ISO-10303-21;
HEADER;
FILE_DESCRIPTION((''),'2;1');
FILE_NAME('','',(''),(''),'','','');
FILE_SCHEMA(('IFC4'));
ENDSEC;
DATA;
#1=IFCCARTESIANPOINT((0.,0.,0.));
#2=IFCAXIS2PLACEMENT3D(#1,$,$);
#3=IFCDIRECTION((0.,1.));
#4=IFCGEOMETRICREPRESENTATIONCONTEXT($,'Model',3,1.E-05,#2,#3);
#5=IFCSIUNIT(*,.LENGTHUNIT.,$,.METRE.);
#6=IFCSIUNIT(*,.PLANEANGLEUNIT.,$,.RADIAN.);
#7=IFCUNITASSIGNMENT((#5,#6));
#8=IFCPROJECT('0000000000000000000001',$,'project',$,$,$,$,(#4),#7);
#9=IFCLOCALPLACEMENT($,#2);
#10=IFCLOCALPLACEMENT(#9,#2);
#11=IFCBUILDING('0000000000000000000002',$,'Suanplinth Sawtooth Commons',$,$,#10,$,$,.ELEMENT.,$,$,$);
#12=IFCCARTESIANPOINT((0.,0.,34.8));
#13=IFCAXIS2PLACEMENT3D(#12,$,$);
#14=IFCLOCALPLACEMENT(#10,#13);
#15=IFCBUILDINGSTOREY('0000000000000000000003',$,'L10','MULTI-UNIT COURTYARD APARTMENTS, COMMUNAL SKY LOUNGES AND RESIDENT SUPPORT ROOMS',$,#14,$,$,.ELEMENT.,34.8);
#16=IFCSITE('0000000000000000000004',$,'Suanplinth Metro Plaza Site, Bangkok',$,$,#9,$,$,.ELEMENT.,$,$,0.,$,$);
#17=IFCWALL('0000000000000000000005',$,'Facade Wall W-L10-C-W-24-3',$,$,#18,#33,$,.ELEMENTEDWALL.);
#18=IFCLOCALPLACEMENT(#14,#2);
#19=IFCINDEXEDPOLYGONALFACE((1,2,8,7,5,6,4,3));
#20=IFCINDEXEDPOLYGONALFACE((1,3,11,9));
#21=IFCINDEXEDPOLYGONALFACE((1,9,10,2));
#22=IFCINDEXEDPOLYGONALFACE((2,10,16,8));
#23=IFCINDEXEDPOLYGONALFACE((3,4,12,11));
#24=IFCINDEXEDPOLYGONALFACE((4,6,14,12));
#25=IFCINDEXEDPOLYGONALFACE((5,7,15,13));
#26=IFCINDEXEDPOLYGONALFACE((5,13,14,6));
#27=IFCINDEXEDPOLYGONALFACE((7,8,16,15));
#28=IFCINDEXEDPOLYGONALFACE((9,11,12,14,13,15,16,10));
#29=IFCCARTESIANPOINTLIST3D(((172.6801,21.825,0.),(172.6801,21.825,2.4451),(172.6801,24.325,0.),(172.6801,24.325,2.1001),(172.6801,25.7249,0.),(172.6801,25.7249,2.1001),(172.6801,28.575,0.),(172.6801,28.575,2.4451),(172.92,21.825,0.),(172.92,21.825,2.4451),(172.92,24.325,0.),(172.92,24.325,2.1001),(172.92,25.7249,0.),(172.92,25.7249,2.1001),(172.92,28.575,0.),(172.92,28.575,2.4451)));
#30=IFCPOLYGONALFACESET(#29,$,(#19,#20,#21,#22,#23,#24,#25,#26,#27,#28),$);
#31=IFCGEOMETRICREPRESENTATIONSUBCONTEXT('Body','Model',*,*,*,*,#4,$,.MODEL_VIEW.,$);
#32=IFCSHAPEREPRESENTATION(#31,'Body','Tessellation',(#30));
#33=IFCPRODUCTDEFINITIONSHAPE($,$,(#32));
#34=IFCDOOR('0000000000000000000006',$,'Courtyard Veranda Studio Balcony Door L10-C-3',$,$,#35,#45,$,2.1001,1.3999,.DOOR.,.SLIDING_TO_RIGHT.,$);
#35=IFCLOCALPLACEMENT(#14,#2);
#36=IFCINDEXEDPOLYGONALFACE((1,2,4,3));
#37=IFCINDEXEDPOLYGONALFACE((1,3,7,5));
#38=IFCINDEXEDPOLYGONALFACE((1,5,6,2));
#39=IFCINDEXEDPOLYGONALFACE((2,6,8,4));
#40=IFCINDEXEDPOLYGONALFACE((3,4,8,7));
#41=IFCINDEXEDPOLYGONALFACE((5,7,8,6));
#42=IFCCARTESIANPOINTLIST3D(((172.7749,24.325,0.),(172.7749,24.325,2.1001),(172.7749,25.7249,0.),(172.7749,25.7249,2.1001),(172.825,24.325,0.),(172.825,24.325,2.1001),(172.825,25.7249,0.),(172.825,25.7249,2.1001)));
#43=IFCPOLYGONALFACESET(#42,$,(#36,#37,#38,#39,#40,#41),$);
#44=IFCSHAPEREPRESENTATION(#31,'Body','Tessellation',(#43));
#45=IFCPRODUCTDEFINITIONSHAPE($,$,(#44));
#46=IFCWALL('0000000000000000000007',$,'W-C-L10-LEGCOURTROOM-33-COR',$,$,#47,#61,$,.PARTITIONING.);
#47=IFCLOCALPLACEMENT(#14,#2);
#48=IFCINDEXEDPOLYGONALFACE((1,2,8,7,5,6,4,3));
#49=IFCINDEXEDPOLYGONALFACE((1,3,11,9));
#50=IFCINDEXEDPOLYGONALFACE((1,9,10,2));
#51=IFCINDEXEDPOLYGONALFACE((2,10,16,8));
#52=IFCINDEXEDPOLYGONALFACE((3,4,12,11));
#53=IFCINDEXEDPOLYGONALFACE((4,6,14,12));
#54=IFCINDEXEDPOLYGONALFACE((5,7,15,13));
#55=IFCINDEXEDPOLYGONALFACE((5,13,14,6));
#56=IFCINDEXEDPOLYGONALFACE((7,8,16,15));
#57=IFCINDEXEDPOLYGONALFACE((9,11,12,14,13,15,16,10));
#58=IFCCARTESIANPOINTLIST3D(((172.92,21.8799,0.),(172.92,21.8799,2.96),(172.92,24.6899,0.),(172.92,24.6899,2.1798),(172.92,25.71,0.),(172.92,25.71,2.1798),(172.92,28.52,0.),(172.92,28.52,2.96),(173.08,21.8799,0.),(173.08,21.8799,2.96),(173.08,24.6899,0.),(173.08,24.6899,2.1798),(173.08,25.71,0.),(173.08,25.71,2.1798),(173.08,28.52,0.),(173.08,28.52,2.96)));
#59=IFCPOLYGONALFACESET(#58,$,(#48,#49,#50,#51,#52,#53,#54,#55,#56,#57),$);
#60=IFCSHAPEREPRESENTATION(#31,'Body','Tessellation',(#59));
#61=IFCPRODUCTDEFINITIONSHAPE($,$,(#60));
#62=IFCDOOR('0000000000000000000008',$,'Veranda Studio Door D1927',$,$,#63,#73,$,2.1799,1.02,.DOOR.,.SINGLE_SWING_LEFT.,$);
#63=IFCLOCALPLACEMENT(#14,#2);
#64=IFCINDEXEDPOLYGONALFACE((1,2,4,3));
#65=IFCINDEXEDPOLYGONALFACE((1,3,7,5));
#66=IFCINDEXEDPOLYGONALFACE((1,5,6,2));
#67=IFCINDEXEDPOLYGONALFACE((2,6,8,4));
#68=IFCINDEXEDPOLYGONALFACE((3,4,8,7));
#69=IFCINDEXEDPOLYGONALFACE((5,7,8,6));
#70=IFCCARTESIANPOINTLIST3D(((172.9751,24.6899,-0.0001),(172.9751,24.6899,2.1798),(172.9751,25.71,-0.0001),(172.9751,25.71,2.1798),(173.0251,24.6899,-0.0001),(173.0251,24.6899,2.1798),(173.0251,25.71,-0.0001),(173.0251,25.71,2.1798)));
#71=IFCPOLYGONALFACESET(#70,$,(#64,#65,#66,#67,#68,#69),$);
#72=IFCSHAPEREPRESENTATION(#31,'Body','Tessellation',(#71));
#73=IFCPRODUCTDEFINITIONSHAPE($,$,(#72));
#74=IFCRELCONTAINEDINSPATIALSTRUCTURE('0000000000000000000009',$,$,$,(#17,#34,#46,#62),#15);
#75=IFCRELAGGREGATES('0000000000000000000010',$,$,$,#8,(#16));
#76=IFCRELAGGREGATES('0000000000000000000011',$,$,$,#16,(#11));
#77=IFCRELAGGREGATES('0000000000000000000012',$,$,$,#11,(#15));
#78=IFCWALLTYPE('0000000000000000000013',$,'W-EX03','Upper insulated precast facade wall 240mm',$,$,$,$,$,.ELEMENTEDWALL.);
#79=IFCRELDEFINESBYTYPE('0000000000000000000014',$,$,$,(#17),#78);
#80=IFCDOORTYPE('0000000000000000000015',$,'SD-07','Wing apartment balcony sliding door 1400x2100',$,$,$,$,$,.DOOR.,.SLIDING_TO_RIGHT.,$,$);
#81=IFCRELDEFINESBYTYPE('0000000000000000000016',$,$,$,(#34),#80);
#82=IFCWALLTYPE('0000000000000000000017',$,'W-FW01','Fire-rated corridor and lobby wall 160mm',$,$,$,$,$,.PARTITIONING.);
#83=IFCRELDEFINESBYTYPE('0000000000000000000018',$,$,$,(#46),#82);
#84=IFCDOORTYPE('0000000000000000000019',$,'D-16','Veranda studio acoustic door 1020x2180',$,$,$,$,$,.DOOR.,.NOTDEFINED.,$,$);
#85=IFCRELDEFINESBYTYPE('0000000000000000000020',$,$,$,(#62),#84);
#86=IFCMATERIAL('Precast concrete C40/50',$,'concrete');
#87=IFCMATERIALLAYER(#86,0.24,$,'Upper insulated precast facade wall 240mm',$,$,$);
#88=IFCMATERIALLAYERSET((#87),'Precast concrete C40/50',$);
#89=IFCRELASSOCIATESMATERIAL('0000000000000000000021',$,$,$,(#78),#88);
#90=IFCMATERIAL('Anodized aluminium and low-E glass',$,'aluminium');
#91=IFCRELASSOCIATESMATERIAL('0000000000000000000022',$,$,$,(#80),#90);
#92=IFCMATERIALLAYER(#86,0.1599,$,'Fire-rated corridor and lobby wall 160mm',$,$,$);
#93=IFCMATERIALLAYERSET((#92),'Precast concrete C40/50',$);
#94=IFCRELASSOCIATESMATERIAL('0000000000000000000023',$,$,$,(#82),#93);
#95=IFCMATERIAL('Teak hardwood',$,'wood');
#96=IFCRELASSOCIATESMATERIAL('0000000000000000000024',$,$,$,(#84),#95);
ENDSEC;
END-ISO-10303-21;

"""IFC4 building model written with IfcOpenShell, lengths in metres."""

from ifc_helpers import new_model, si_unit, direction, frame, frame_2d, origin, place, context, subcontext, project, spatial, rectangle, extrude, material, layer, layer_set, type_object, element, fill, save


model = new_model("IFC4")

# Units and contexts
model_context = context("Model", 3, precision=1e-05, world=origin(), true_north=direction((0.0, 1.0)))
body_context = subcontext(model_context, "Body", "Model", "MODEL_VIEW")
ifc_project = project(units=[si_unit("LENGTHUNIT", "METRE"), si_unit("PLANEANGLEUNIT", "RADIAN")], contexts=[model_context])

# Site, building, storey
site_placement = place(None, origin())
site = spatial("IfcSite", under=ifc_project, at=site_placement, Name="Suanplinth Metro Plaza Site, Bangkok", CompositionType="ELEMENT", RefElevation=0.0)
building_placement = place(site_placement, origin())
building = spatial("IfcBuilding", under=site, at=building_placement, Name="Suanplinth Sawtooth Commons", CompositionType="ELEMENT")
storey_placement = place(building_placement, frame((0.0, 0.0, 34.8)))
storey = spatial("IfcBuildingStorey", under=building, at=storey_placement, Name="L10", Description="MULTI-UNIT COURTYARD APARTMENTS, COMMUNAL SKY LOUNGES AND RESIDENT SUPPORT ROOMS", CompositionType="ELEMENT", Elevation=34.8)

# Shared definitions
ifc_material_1 = material(Name="Precast concrete C40/50", Category="concrete")

# Shared definitions
ifc_layer_1 = layer(ifc_material_1, 0.24, Name="Upper insulated precast facade wall 240mm")
ifc_layer_set_1 = layer_set([ifc_layer_1], Name="Precast concrete C40/50")
wall_type_1 = type_object("IfcWallType", Name="W-EX03", Description="Upper insulated precast facade wall 240mm", PredefinedType="ELEMENTEDWALL", material=ifc_layer_set_1)

# Walls, openings, doors
wall_1_placement = place(storey_placement, frame((172.8, 21.825, 0.0), z_axis=(0.0, 0.0, 1.0), x_axis=(0.0, 1.0, 0.0)))
wall_1 = element("IfcWall", 1, at=wall_1_placement, inside=storey, type_object=wall_type_1, Name="Facade Wall W-L10-C-W-24-3", PredefinedType="ELEMENTEDWALL", context=body_context, shape_type="SweptSolid", body=[
    extrude(rectangle(XDim=6.75, YDim=0.24, at=frame_2d((3.375, 0.0))), origin(), (0.0, 0.0, 1.0), 2.4451),
])
opening_1_placement = place(wall_1_placement, frame((2.5, 0.0, 0.0)))
opening_1 = element("IfcOpeningElement", 2, at=opening_1_placement, cuts=wall_1, PredefinedType="OPENING", context=body_context, shape_type="SweptSolid", body=[
    extrude(rectangle(XDim=1.3999, YDim=2.1001, at=frame_2d((0.7, 1.05))), frame((0.0, 0.1348, 0.0), z_axis=(0.0, -1.0, 0.0), x_axis=(1.0, 0.0, 0.0)), (0.0, 0.0, 1.0), 0.2698),
])
ifc_material_2 = material(Name="Anodized aluminium and low-E glass", Category="aluminium")
door_type_1 = type_object("IfcDoorType", Name="SD-07", Description="Wing apartment balcony sliding door 1400x2100", OperationType="SLIDING_TO_RIGHT", PredefinedType="DOOR", material=ifc_material_2)
door_1_placement = place(opening_1_placement, frame((1.3999, 0.0, 0.0), z_axis=(0.0, 0.0, 1.0), x_axis=(-1.0, 0.0, 0.0)))
door_1 = element("IfcDoor", 3, at=door_1_placement, inside=storey, type_object=door_type_1, Name="Courtyard Veranda Studio Balcony Door L10-C-3", OperationType="SLIDING_TO_RIGHT", OverallHeight=2.1001, OverallWidth=1.3999, PredefinedType="DOOR", context=body_context, shape_type="SweptSolid", body=[
    extrude(rectangle(XDim=1.3999, YDim=2.1001, at=frame_2d((0.7, 1.05))), frame((0.0, 0.0249, 0.0), z_axis=(0.0, -1.0, 0.0), x_axis=(1.0, 0.0, 0.0)), (0.0, 0.0, 1.0), 0.05),
])
fill(opening_1, door_1)
ifc_layer_2 = layer(ifc_material_1, 0.1599, Name="Fire-rated corridor and lobby wall 160mm")
ifc_layer_set_2 = layer_set([ifc_layer_2], Name="Precast concrete C40/50")
wall_type_2 = type_object("IfcWallType", Name="W-FW01", Description="Fire-rated corridor and lobby wall 160mm", PredefinedType="PARTITIONING", material=ifc_layer_set_2)
wall_2_placement = place(storey_placement, frame((173.0, 21.8799, 0.0), z_axis=(0.0, 0.0, 1.0), x_axis=(0.0, 1.0, 0.0)))
wall_2 = element("IfcWall", 4, at=wall_2_placement, inside=storey, type_object=wall_type_2, Name="W-C-L10-LEGCOURTROOM-33-COR", PredefinedType="PARTITIONING", context=body_context, shape_type="SweptSolid", body=[
    extrude(rectangle(XDim=6.6401, YDim=0.1599, at=frame_2d((3.3201, 0.0))), origin(), (0.0, 0.0, 1.0), 2.96),
])
opening_2_placement = place(wall_2_placement, frame((2.8101, 0.0, 0.0)))
opening_2 = element("IfcOpeningElement", 5, at=opening_2_placement, cuts=wall_2, PredefinedType="OPENING", context=body_context, shape_type="SweptSolid", body=[
    extrude(rectangle(XDim=1.02, YDim=2.1799, at=frame_2d((0.51, 1.0898))), frame((0.0, 0.0947, 0.0), z_axis=(0.0, -1.0, 0.0), x_axis=(1.0, 0.0, 0.0)), (0.0, 0.0, 1.0), 0.1897),
])
ifc_material_3 = material(Name="Teak hardwood", Category="wood")
door_type_2 = type_object("IfcDoorType", Name="D-16", Description="Veranda studio acoustic door 1020x2180", OperationType="NOTDEFINED", PredefinedType="DOOR", material=ifc_material_3)
door_2_placement = place(opening_2_placement, origin())
door_2 = element("IfcDoor", 6, at=door_2_placement, inside=storey, type_object=door_type_2, Name="Veranda Studio Door D1927", OperationType="SINGLE_SWING_LEFT", OverallHeight=2.1799, OverallWidth=1.02, PredefinedType="DOOR", context=body_context, shape_type="SweptSolid", body=[
    extrude(rectangle(XDim=1.02, YDim=2.1799, at=frame_2d((0.51, 1.0898))), frame((0.0, 0.0249, 0.0), z_axis=(0.0, -1.0, 0.0), x_axis=(1.0, 0.0, 0.0)), (0.0, 0.0, 1.0), 0.05),
])
fill(opening_2, door_2)

save(model, "model.ifc")
